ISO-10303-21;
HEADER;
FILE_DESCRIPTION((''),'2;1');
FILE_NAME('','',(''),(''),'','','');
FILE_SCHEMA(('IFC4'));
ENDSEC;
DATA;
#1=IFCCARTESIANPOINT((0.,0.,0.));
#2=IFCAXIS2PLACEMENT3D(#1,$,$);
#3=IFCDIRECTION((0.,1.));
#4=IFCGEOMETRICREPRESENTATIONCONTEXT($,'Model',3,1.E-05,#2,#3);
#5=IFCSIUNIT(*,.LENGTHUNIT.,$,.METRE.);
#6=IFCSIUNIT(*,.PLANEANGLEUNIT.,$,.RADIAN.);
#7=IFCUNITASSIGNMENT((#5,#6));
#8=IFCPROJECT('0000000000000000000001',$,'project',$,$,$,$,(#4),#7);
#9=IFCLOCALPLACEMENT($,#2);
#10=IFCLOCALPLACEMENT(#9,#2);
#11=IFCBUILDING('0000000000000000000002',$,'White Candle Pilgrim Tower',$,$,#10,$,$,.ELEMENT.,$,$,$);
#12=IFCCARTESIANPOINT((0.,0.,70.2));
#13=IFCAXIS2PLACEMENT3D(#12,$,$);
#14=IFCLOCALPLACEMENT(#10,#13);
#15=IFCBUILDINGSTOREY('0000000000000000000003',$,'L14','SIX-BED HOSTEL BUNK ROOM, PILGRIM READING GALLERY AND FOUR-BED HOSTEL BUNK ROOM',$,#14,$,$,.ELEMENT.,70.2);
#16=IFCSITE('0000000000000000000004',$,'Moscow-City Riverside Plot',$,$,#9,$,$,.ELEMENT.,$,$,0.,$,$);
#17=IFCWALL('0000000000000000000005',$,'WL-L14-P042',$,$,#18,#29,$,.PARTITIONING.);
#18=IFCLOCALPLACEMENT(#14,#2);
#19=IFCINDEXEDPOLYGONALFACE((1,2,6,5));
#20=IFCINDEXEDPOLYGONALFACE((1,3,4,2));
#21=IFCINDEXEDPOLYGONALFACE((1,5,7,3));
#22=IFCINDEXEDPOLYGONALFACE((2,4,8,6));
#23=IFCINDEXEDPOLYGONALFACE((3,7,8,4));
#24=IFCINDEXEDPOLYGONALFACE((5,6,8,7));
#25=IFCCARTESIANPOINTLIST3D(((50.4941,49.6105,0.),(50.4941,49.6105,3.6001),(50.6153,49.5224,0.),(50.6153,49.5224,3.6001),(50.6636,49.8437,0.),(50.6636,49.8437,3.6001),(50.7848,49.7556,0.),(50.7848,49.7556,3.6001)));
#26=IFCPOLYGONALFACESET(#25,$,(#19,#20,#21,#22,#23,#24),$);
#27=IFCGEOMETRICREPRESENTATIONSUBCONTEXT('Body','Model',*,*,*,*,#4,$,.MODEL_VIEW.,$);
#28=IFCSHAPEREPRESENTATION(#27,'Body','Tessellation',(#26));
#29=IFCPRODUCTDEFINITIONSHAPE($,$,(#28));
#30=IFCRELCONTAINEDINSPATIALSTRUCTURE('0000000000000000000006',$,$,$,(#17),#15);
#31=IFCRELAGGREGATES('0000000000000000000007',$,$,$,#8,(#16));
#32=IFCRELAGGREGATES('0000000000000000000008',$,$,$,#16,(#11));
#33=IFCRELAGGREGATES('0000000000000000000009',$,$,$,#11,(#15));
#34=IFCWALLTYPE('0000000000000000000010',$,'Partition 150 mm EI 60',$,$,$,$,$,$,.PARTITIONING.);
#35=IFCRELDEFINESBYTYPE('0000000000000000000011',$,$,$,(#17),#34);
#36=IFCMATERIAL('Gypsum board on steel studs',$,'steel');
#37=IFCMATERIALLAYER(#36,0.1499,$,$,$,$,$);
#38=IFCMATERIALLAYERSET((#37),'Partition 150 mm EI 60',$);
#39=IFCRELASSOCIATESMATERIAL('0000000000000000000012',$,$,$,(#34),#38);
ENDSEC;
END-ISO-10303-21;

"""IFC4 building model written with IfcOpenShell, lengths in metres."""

from ifc_helpers import new_model, si_unit, direction, frame, frame_2d, origin, place, context, subcontext, project, spatial, rectangle, extrude, material, layer, layer_set, type_object, element, save


model = new_model("IFC4")

# Units and contexts
model_context = context("Model", 3, precision=1e-05, world=origin(), true_north=direction((0.0, 1.0)))
body_context = subcontext(model_context, "Body", "Model", "MODEL_VIEW")
ifc_project = project(units=[si_unit("LENGTHUNIT", "METRE"), si_unit("PLANEANGLEUNIT", "RADIAN")], contexts=[model_context])

# Site, building, storey
site_placement = place(None, origin())
site = spatial("IfcSite", under=ifc_project, at=site_placement, Name="Moscow-City Riverside Plot", CompositionType="ELEMENT", RefElevation=0.0)
building_placement = place(site_placement, origin())
building = spatial("IfcBuilding", under=site, at=building_placement, Name="White Candle Pilgrim Tower", CompositionType="ELEMENT")
storey_placement = place(building_placement, frame((0.0, 0.0, 70.2)))
storey = spatial("IfcBuildingStorey", under=building, at=storey_placement, Name="L14", Description="SIX-BED HOSTEL BUNK ROOM, PILGRIM READING GALLERY AND FOUR-BED HOSTEL BUNK ROOM", CompositionType="ELEMENT", Elevation=70.2)

# Shared definitions
ifc_material_1 = material(Name="Gypsum board on steel studs", Category="steel")

# Wall
ifc_layer_1 = layer(ifc_material_1, 0.1499)
ifc_layer_set_1 = layer_set([ifc_layer_1], Name="Partition 150 mm EI 60")
wall_type_1 = type_object("IfcWallType", Name="Partition 150 mm EI 60", PredefinedType="PARTITIONING", material=ifc_layer_set_1)
wall_1_placement = place(storey_placement, frame((50.7241, 49.7996, 0.0), z_axis=(0.0, 0.0, 1.0), x_axis=(-0.587869, -0.808956, 0.0)))
element("IfcWall", 1, at=wall_1_placement, inside=storey, type_object=wall_type_1, Name="WL-L14-P042", PredefinedType="PARTITIONING", context=body_context, shape_type="SweptSolid", body=[
    extrude(rectangle(XDim=0.2883, YDim=0.1499, at=frame_2d((0.144, 0.0))), origin(), (0.0, 0.0, 1.0), 3.6001),
])

save(model, "model.ifc")
